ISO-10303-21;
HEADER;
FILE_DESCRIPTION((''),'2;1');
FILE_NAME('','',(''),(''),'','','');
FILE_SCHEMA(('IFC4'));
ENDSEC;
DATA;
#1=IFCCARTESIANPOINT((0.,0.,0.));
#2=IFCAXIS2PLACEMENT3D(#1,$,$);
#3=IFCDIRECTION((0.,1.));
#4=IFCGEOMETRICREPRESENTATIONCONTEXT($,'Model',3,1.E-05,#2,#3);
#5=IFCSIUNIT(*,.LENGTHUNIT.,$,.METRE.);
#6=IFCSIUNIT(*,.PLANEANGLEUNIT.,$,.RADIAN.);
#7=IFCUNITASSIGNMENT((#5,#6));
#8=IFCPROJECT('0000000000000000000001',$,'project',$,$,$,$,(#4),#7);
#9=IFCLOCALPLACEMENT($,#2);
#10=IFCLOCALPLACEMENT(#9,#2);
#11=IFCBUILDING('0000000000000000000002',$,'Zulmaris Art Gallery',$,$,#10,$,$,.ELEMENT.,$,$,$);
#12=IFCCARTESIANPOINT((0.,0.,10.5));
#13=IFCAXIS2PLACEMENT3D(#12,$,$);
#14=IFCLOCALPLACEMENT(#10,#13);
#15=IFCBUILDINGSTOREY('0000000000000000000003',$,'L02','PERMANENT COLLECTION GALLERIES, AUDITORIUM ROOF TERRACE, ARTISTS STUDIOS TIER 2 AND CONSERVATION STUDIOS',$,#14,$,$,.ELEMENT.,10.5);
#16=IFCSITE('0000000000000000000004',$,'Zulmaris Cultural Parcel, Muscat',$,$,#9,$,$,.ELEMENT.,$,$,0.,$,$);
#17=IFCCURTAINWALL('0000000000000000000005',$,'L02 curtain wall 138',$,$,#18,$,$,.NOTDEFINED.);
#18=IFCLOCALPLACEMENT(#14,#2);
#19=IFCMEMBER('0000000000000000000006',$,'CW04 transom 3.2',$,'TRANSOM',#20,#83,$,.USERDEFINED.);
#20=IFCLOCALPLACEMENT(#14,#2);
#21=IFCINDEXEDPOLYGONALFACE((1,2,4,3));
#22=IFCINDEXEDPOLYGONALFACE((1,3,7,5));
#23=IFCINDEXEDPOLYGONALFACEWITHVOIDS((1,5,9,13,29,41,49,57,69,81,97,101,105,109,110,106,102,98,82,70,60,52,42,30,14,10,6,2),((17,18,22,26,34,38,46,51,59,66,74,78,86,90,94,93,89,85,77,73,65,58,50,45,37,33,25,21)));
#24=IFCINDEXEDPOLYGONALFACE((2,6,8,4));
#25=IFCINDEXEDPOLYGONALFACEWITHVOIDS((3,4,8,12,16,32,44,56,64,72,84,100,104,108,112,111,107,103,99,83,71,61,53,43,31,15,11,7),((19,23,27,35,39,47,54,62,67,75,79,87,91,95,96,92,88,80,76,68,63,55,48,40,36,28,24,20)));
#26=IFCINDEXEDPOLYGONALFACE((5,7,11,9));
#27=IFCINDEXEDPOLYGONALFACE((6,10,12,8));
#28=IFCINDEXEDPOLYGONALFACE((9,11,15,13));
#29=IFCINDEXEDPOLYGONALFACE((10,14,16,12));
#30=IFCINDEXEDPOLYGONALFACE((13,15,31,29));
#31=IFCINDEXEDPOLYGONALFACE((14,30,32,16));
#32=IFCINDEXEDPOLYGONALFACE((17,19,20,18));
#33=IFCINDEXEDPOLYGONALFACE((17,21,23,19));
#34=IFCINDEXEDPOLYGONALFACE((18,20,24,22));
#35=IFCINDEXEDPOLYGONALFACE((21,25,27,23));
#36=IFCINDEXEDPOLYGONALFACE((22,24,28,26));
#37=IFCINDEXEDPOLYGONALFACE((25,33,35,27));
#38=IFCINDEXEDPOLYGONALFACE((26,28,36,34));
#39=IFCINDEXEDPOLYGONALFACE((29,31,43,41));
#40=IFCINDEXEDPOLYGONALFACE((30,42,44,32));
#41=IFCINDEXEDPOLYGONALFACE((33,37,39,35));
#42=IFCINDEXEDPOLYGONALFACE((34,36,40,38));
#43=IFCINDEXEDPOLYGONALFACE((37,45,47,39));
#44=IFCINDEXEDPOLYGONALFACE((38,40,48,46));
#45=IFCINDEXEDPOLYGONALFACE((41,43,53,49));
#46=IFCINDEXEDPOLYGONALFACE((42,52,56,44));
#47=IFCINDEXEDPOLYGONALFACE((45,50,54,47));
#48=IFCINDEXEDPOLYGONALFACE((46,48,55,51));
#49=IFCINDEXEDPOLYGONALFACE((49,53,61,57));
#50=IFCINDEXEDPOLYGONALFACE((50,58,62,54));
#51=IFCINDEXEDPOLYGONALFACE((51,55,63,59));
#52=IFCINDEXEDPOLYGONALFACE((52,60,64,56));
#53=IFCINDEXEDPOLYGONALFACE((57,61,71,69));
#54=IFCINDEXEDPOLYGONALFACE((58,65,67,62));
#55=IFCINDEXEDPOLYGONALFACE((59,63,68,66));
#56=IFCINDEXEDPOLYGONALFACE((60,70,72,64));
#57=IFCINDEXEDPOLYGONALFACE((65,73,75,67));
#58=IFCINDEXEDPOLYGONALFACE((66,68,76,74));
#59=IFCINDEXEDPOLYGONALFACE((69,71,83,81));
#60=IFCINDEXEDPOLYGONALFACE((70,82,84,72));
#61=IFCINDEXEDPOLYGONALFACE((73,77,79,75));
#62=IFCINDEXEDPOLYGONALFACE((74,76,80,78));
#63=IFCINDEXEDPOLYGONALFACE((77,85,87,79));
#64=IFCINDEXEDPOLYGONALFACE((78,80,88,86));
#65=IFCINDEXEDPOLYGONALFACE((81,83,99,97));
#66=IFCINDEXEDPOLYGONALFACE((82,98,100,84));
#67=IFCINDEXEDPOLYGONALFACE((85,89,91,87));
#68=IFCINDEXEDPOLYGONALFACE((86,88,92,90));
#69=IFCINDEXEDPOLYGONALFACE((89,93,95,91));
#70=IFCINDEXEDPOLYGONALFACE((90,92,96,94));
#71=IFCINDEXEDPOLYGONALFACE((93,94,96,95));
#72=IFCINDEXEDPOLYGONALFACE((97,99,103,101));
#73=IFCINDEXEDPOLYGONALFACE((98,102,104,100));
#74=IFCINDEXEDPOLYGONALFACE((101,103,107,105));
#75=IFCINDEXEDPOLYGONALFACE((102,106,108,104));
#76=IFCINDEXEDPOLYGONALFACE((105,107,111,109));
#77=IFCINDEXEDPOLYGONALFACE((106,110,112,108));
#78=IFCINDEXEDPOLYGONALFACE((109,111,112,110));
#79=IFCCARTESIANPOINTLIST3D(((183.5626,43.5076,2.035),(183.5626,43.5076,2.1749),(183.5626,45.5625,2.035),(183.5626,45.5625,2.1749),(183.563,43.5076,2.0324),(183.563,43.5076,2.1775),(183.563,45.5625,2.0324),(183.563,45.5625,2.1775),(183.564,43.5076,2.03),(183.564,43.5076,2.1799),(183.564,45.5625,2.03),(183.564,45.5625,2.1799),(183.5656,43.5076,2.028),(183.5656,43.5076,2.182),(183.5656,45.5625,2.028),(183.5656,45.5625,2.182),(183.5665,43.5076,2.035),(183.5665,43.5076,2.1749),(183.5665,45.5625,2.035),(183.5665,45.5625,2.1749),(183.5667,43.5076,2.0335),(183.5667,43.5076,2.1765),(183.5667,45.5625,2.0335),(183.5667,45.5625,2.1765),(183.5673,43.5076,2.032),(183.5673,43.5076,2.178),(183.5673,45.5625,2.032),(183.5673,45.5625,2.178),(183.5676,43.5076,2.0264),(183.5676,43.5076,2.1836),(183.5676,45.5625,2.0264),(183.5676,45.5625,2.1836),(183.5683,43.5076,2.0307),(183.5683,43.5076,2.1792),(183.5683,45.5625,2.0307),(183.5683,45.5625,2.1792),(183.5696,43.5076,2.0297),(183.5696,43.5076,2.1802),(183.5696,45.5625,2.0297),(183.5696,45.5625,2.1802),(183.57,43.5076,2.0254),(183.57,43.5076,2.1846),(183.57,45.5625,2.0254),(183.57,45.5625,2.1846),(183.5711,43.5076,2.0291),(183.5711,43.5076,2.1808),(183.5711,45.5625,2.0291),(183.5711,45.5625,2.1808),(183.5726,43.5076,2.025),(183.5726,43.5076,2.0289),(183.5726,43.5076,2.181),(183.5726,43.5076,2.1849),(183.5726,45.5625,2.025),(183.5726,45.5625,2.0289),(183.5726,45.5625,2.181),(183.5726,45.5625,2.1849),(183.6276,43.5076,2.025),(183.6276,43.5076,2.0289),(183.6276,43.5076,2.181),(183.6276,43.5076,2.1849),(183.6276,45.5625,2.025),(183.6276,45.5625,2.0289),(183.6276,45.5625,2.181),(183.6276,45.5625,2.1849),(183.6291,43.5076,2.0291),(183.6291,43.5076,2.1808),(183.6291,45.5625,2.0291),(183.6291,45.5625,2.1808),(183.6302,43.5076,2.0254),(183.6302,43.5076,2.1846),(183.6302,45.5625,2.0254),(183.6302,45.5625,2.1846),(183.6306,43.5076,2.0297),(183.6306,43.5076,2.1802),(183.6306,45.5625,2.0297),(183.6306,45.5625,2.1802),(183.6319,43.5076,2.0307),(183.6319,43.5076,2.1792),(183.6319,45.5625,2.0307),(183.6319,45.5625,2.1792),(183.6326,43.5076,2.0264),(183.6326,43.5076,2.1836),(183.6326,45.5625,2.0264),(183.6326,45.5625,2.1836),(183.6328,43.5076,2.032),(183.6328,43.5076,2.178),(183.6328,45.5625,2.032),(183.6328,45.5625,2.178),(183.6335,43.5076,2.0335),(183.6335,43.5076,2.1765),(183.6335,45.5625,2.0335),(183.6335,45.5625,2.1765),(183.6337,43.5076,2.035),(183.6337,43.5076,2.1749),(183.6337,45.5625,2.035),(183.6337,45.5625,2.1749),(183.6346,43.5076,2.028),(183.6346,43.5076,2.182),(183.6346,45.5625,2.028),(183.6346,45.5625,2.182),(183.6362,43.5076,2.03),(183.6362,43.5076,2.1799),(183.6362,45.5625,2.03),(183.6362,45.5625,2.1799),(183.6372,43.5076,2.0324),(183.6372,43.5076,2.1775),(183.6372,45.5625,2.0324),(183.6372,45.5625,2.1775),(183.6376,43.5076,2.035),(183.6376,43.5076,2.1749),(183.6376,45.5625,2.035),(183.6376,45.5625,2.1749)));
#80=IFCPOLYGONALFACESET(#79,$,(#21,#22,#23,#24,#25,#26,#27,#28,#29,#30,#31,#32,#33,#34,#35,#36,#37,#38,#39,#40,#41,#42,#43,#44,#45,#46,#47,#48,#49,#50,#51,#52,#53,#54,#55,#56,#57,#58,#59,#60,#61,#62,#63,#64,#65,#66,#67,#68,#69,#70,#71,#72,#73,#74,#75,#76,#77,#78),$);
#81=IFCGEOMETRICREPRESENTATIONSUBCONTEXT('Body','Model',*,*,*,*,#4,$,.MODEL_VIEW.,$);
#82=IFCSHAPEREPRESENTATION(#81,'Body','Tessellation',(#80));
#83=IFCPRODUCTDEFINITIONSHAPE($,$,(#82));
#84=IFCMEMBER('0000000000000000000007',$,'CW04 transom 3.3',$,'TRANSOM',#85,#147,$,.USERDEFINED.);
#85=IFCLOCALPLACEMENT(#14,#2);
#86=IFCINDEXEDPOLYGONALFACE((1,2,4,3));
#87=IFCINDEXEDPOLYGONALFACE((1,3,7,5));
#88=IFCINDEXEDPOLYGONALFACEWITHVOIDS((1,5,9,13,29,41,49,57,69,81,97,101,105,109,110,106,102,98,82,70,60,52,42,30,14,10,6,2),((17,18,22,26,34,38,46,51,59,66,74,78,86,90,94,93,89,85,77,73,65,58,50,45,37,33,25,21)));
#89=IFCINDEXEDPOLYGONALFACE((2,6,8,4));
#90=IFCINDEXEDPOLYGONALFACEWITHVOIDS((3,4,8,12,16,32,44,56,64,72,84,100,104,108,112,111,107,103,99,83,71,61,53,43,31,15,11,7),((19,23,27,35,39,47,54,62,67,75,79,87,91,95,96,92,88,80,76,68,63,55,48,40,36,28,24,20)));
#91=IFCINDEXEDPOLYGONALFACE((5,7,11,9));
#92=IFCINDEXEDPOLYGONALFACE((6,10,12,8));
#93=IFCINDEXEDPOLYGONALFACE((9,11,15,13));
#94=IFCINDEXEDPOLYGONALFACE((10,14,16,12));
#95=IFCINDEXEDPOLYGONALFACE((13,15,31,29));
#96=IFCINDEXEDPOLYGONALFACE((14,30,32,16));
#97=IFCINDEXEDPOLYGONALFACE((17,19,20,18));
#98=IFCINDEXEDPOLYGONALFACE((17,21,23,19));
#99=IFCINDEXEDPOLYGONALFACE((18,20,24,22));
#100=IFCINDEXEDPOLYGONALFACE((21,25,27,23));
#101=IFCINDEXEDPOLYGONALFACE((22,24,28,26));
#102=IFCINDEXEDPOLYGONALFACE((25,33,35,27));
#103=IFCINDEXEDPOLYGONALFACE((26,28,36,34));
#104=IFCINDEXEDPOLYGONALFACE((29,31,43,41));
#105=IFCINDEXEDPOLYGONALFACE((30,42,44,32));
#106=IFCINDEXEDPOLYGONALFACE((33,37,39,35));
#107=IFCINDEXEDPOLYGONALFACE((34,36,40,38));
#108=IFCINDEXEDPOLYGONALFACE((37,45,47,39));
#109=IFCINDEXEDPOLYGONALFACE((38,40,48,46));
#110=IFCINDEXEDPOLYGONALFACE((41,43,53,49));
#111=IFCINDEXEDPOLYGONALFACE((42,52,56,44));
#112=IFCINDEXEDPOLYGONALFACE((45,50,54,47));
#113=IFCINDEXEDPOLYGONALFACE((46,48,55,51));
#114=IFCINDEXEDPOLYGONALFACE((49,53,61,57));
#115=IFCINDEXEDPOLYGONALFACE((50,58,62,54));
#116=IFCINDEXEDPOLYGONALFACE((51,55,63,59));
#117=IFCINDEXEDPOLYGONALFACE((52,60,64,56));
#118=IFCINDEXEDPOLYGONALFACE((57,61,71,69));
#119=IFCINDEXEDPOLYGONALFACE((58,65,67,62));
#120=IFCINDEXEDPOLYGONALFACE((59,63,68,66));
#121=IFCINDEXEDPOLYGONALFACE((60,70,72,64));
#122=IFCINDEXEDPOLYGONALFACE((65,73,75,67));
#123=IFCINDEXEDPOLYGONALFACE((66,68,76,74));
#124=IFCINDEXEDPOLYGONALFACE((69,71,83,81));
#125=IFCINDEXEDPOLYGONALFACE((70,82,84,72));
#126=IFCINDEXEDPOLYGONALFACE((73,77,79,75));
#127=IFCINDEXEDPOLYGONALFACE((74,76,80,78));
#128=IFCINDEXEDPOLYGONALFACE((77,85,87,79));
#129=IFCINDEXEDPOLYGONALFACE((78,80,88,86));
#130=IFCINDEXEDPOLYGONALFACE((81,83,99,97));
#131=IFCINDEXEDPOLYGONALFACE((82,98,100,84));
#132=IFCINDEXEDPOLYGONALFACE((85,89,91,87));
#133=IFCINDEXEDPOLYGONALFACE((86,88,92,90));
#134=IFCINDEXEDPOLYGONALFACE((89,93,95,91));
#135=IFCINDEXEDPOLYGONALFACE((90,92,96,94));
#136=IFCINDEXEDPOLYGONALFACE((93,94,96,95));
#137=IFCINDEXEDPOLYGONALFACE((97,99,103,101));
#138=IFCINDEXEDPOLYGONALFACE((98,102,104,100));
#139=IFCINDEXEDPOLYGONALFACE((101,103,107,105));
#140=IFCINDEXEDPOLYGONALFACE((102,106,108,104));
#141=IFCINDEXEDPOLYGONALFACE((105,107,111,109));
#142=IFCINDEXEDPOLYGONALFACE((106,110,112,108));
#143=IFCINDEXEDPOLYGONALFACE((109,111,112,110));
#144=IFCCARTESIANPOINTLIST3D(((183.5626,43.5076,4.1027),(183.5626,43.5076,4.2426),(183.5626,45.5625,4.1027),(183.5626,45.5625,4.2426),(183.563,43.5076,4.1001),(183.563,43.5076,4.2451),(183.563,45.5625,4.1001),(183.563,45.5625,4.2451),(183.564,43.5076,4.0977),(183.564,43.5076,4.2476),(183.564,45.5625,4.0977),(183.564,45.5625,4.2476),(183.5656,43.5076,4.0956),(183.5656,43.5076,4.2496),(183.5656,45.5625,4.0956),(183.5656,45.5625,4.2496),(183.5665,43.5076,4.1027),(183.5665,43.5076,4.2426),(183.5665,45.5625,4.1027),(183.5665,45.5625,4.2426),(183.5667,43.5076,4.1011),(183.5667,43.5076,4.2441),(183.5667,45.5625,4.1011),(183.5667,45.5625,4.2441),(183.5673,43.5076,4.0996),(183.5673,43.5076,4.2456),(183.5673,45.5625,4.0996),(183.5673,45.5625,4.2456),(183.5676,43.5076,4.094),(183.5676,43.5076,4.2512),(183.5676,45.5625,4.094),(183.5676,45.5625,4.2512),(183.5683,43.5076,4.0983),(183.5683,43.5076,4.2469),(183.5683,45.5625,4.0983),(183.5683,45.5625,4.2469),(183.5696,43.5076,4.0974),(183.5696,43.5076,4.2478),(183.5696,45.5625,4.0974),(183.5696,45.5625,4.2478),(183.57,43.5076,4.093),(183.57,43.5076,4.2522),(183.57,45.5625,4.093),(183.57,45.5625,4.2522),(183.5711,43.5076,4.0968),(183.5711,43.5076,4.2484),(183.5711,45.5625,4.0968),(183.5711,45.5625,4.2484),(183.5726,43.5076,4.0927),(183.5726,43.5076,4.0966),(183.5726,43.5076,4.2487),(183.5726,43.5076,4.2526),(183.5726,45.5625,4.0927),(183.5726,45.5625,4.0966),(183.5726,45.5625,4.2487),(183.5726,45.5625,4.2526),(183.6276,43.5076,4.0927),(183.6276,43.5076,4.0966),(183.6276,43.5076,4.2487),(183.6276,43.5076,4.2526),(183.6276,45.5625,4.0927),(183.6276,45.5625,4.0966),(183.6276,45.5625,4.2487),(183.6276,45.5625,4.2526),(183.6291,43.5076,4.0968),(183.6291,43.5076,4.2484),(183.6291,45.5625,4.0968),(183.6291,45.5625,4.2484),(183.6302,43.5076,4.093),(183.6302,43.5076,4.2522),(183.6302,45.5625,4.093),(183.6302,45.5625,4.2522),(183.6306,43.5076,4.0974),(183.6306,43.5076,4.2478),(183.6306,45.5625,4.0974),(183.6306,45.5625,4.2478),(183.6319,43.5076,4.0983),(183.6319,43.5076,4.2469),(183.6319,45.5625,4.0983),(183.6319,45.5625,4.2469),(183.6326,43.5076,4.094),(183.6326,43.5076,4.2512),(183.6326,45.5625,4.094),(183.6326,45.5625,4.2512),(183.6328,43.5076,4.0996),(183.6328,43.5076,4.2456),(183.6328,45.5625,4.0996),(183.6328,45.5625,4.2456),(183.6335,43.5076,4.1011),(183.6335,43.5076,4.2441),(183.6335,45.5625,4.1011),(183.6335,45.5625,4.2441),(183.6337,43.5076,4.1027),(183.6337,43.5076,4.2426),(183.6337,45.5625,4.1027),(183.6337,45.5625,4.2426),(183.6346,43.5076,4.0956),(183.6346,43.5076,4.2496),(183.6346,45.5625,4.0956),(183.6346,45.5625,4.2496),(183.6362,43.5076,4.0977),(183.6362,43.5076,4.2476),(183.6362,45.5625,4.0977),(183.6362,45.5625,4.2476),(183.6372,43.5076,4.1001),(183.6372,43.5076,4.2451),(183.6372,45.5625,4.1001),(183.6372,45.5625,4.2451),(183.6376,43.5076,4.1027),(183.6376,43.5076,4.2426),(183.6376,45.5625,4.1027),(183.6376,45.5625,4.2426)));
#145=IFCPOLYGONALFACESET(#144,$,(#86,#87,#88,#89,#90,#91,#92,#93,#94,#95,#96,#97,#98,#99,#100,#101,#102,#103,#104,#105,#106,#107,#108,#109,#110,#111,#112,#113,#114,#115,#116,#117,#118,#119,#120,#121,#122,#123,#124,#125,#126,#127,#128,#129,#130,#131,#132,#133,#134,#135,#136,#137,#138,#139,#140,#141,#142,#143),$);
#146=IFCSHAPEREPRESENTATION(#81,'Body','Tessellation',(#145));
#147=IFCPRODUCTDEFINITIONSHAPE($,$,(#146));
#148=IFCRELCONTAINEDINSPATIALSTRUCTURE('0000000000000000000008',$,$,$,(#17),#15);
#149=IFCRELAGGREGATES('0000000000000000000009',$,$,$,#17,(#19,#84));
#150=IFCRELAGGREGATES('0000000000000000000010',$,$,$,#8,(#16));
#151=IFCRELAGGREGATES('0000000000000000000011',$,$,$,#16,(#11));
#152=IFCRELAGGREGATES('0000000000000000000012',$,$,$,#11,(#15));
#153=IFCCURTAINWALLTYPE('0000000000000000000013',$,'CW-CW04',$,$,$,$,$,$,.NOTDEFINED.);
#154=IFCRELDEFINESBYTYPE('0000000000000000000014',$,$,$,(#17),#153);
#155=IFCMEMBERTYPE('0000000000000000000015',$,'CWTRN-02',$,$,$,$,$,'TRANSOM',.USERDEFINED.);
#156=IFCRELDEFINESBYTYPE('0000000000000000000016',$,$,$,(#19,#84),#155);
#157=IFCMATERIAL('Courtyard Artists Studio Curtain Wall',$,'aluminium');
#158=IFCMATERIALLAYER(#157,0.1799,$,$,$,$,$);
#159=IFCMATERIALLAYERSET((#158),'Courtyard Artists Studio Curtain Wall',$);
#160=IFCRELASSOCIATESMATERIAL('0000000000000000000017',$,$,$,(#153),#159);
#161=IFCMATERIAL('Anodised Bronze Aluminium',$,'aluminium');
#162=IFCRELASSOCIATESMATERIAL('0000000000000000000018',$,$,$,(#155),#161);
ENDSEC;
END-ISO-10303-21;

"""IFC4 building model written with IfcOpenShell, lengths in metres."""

from ifc_helpers import new_model, si_unit, direction, frame, origin, origin_2d, place, context, subcontext, project, spatial, hollow_rectangle, extrude, material, layer, layer_set, material_profile, profile_set, type_object, element, aggregate, save


model = new_model("IFC4")

# Units and contexts
model_context = context("Model", 3, precision=1e-05, world=origin(), true_north=direction((0.0, 1.0)))
body_context = subcontext(model_context, "Body", "Model", "MODEL_VIEW")
ifc_project = project(units=[si_unit("LENGTHUNIT", "METRE"), si_unit("PLANEANGLEUNIT", "RADIAN")], contexts=[model_context])

# Site, building, storey
site_placement = place(None, origin())
site = spatial("IfcSite", under=ifc_project, at=site_placement, Name="Zulmaris Cultural Parcel, Muscat", CompositionType="ELEMENT", RefElevation=0.0)
building_placement = place(site_placement, origin())
building = spatial("IfcBuilding", under=site, at=building_placement, Name="Zulmaris Art Gallery", CompositionType="ELEMENT")
storey_placement = place(building_placement, frame((0.0, 0.0, 10.5)))
storey = spatial("IfcBuildingStorey", under=building, at=storey_placement, Name="L02", Description="PERMANENT COLLECTION GALLERIES, AUDITORIUM ROOF TERRACE, ARTISTS STUDIOS TIER 2 AND CONSERVATION STUDIOS", CompositionType="ELEMENT", Elevation=10.5)

# Curtain wall, members
ifc_material_1 = material(Name="Courtyard Artists Studio Curtain Wall", Category="aluminium")
ifc_layer_1 = layer(ifc_material_1, 0.1799)
ifc_layer_set_1 = layer_set([ifc_layer_1], Name="Courtyard Artists Studio Curtain Wall")
curtain_wall_type = type_object("IfcCurtainWallType", Name="CW-CW04", PredefinedType="NOTDEFINED", material=ifc_layer_set_1)
curtain_wall_placement = place(storey_placement, origin())
curtain_wall = element("IfcCurtainWall", 1, at=curtain_wall_placement, inside=storey, type_object=curtain_wall_type, Name="L02 curtain wall 138", PredefinedType="NOTDEFINED")
ifc_material_2 = material(Name="Anodised Bronze Aluminium", Category="aluminium")
ifc_material_profile_1 = material_profile(ifc_material_2, hollow_rectangle(XDim=0.075, YDim=0.1599, WallThickness=0.0039, InnerFilletRadius=0.0061, OuterFilletRadius=0.01, at=origin_2d()), Name="ALU 75x160x4")
ifc_profile_set_1 = profile_set([ifc_material_profile_1], Name="Anodised Bronze Aluminium")
member_type_1 = type_object("IfcMemberType", Name="CWTRN-02", ElementType="TRANSOM", PredefinedType="USERDEFINED", material=ifc_profile_set_1)
member_1_placement = place(storey_placement, frame((183.6001, 45.5625, 2.105), z_axis=(0.0, -1.0, 0.0), x_axis=(1.0, 0.0, 0.0)))
member_1 = element("IfcMember", 2, at=member_1_placement, type_object=member_type_1, Name="CW04 transom 3.2", ObjectType="TRANSOM", PredefinedType="USERDEFINED", context=body_context, shape_type="SweptSolid", body=[
    extrude(hollow_rectangle(XDim=0.075, YDim=0.1599, WallThickness=0.0039, InnerFilletRadius=0.0061, OuterFilletRadius=0.01, at=origin_2d()), origin(), (0.0, 0.0, 1.0), 2.0549),
])
member_2_placement = place(storey_placement, frame((183.6001, 45.5625, 4.1726), z_axis=(0.0, -1.0, 0.0), x_axis=(1.0, 0.0, 0.0)))
member_2 = element("IfcMember", 3, at=member_2_placement, type_object=member_type_1, Name="CW04 transom 3.3", ObjectType="TRANSOM", PredefinedType="USERDEFINED", context=body_context, shape_type="SweptSolid", body=[
    extrude(hollow_rectangle(XDim=0.075, YDim=0.1599, WallThickness=0.0039, InnerFilletRadius=0.0061, OuterFilletRadius=0.01, at=origin_2d()), origin(), (0.0, 0.0, 1.0), 2.0549),
])
aggregate(curtain_wall, [member_1, member_2])

save(model, "model.ifc")
